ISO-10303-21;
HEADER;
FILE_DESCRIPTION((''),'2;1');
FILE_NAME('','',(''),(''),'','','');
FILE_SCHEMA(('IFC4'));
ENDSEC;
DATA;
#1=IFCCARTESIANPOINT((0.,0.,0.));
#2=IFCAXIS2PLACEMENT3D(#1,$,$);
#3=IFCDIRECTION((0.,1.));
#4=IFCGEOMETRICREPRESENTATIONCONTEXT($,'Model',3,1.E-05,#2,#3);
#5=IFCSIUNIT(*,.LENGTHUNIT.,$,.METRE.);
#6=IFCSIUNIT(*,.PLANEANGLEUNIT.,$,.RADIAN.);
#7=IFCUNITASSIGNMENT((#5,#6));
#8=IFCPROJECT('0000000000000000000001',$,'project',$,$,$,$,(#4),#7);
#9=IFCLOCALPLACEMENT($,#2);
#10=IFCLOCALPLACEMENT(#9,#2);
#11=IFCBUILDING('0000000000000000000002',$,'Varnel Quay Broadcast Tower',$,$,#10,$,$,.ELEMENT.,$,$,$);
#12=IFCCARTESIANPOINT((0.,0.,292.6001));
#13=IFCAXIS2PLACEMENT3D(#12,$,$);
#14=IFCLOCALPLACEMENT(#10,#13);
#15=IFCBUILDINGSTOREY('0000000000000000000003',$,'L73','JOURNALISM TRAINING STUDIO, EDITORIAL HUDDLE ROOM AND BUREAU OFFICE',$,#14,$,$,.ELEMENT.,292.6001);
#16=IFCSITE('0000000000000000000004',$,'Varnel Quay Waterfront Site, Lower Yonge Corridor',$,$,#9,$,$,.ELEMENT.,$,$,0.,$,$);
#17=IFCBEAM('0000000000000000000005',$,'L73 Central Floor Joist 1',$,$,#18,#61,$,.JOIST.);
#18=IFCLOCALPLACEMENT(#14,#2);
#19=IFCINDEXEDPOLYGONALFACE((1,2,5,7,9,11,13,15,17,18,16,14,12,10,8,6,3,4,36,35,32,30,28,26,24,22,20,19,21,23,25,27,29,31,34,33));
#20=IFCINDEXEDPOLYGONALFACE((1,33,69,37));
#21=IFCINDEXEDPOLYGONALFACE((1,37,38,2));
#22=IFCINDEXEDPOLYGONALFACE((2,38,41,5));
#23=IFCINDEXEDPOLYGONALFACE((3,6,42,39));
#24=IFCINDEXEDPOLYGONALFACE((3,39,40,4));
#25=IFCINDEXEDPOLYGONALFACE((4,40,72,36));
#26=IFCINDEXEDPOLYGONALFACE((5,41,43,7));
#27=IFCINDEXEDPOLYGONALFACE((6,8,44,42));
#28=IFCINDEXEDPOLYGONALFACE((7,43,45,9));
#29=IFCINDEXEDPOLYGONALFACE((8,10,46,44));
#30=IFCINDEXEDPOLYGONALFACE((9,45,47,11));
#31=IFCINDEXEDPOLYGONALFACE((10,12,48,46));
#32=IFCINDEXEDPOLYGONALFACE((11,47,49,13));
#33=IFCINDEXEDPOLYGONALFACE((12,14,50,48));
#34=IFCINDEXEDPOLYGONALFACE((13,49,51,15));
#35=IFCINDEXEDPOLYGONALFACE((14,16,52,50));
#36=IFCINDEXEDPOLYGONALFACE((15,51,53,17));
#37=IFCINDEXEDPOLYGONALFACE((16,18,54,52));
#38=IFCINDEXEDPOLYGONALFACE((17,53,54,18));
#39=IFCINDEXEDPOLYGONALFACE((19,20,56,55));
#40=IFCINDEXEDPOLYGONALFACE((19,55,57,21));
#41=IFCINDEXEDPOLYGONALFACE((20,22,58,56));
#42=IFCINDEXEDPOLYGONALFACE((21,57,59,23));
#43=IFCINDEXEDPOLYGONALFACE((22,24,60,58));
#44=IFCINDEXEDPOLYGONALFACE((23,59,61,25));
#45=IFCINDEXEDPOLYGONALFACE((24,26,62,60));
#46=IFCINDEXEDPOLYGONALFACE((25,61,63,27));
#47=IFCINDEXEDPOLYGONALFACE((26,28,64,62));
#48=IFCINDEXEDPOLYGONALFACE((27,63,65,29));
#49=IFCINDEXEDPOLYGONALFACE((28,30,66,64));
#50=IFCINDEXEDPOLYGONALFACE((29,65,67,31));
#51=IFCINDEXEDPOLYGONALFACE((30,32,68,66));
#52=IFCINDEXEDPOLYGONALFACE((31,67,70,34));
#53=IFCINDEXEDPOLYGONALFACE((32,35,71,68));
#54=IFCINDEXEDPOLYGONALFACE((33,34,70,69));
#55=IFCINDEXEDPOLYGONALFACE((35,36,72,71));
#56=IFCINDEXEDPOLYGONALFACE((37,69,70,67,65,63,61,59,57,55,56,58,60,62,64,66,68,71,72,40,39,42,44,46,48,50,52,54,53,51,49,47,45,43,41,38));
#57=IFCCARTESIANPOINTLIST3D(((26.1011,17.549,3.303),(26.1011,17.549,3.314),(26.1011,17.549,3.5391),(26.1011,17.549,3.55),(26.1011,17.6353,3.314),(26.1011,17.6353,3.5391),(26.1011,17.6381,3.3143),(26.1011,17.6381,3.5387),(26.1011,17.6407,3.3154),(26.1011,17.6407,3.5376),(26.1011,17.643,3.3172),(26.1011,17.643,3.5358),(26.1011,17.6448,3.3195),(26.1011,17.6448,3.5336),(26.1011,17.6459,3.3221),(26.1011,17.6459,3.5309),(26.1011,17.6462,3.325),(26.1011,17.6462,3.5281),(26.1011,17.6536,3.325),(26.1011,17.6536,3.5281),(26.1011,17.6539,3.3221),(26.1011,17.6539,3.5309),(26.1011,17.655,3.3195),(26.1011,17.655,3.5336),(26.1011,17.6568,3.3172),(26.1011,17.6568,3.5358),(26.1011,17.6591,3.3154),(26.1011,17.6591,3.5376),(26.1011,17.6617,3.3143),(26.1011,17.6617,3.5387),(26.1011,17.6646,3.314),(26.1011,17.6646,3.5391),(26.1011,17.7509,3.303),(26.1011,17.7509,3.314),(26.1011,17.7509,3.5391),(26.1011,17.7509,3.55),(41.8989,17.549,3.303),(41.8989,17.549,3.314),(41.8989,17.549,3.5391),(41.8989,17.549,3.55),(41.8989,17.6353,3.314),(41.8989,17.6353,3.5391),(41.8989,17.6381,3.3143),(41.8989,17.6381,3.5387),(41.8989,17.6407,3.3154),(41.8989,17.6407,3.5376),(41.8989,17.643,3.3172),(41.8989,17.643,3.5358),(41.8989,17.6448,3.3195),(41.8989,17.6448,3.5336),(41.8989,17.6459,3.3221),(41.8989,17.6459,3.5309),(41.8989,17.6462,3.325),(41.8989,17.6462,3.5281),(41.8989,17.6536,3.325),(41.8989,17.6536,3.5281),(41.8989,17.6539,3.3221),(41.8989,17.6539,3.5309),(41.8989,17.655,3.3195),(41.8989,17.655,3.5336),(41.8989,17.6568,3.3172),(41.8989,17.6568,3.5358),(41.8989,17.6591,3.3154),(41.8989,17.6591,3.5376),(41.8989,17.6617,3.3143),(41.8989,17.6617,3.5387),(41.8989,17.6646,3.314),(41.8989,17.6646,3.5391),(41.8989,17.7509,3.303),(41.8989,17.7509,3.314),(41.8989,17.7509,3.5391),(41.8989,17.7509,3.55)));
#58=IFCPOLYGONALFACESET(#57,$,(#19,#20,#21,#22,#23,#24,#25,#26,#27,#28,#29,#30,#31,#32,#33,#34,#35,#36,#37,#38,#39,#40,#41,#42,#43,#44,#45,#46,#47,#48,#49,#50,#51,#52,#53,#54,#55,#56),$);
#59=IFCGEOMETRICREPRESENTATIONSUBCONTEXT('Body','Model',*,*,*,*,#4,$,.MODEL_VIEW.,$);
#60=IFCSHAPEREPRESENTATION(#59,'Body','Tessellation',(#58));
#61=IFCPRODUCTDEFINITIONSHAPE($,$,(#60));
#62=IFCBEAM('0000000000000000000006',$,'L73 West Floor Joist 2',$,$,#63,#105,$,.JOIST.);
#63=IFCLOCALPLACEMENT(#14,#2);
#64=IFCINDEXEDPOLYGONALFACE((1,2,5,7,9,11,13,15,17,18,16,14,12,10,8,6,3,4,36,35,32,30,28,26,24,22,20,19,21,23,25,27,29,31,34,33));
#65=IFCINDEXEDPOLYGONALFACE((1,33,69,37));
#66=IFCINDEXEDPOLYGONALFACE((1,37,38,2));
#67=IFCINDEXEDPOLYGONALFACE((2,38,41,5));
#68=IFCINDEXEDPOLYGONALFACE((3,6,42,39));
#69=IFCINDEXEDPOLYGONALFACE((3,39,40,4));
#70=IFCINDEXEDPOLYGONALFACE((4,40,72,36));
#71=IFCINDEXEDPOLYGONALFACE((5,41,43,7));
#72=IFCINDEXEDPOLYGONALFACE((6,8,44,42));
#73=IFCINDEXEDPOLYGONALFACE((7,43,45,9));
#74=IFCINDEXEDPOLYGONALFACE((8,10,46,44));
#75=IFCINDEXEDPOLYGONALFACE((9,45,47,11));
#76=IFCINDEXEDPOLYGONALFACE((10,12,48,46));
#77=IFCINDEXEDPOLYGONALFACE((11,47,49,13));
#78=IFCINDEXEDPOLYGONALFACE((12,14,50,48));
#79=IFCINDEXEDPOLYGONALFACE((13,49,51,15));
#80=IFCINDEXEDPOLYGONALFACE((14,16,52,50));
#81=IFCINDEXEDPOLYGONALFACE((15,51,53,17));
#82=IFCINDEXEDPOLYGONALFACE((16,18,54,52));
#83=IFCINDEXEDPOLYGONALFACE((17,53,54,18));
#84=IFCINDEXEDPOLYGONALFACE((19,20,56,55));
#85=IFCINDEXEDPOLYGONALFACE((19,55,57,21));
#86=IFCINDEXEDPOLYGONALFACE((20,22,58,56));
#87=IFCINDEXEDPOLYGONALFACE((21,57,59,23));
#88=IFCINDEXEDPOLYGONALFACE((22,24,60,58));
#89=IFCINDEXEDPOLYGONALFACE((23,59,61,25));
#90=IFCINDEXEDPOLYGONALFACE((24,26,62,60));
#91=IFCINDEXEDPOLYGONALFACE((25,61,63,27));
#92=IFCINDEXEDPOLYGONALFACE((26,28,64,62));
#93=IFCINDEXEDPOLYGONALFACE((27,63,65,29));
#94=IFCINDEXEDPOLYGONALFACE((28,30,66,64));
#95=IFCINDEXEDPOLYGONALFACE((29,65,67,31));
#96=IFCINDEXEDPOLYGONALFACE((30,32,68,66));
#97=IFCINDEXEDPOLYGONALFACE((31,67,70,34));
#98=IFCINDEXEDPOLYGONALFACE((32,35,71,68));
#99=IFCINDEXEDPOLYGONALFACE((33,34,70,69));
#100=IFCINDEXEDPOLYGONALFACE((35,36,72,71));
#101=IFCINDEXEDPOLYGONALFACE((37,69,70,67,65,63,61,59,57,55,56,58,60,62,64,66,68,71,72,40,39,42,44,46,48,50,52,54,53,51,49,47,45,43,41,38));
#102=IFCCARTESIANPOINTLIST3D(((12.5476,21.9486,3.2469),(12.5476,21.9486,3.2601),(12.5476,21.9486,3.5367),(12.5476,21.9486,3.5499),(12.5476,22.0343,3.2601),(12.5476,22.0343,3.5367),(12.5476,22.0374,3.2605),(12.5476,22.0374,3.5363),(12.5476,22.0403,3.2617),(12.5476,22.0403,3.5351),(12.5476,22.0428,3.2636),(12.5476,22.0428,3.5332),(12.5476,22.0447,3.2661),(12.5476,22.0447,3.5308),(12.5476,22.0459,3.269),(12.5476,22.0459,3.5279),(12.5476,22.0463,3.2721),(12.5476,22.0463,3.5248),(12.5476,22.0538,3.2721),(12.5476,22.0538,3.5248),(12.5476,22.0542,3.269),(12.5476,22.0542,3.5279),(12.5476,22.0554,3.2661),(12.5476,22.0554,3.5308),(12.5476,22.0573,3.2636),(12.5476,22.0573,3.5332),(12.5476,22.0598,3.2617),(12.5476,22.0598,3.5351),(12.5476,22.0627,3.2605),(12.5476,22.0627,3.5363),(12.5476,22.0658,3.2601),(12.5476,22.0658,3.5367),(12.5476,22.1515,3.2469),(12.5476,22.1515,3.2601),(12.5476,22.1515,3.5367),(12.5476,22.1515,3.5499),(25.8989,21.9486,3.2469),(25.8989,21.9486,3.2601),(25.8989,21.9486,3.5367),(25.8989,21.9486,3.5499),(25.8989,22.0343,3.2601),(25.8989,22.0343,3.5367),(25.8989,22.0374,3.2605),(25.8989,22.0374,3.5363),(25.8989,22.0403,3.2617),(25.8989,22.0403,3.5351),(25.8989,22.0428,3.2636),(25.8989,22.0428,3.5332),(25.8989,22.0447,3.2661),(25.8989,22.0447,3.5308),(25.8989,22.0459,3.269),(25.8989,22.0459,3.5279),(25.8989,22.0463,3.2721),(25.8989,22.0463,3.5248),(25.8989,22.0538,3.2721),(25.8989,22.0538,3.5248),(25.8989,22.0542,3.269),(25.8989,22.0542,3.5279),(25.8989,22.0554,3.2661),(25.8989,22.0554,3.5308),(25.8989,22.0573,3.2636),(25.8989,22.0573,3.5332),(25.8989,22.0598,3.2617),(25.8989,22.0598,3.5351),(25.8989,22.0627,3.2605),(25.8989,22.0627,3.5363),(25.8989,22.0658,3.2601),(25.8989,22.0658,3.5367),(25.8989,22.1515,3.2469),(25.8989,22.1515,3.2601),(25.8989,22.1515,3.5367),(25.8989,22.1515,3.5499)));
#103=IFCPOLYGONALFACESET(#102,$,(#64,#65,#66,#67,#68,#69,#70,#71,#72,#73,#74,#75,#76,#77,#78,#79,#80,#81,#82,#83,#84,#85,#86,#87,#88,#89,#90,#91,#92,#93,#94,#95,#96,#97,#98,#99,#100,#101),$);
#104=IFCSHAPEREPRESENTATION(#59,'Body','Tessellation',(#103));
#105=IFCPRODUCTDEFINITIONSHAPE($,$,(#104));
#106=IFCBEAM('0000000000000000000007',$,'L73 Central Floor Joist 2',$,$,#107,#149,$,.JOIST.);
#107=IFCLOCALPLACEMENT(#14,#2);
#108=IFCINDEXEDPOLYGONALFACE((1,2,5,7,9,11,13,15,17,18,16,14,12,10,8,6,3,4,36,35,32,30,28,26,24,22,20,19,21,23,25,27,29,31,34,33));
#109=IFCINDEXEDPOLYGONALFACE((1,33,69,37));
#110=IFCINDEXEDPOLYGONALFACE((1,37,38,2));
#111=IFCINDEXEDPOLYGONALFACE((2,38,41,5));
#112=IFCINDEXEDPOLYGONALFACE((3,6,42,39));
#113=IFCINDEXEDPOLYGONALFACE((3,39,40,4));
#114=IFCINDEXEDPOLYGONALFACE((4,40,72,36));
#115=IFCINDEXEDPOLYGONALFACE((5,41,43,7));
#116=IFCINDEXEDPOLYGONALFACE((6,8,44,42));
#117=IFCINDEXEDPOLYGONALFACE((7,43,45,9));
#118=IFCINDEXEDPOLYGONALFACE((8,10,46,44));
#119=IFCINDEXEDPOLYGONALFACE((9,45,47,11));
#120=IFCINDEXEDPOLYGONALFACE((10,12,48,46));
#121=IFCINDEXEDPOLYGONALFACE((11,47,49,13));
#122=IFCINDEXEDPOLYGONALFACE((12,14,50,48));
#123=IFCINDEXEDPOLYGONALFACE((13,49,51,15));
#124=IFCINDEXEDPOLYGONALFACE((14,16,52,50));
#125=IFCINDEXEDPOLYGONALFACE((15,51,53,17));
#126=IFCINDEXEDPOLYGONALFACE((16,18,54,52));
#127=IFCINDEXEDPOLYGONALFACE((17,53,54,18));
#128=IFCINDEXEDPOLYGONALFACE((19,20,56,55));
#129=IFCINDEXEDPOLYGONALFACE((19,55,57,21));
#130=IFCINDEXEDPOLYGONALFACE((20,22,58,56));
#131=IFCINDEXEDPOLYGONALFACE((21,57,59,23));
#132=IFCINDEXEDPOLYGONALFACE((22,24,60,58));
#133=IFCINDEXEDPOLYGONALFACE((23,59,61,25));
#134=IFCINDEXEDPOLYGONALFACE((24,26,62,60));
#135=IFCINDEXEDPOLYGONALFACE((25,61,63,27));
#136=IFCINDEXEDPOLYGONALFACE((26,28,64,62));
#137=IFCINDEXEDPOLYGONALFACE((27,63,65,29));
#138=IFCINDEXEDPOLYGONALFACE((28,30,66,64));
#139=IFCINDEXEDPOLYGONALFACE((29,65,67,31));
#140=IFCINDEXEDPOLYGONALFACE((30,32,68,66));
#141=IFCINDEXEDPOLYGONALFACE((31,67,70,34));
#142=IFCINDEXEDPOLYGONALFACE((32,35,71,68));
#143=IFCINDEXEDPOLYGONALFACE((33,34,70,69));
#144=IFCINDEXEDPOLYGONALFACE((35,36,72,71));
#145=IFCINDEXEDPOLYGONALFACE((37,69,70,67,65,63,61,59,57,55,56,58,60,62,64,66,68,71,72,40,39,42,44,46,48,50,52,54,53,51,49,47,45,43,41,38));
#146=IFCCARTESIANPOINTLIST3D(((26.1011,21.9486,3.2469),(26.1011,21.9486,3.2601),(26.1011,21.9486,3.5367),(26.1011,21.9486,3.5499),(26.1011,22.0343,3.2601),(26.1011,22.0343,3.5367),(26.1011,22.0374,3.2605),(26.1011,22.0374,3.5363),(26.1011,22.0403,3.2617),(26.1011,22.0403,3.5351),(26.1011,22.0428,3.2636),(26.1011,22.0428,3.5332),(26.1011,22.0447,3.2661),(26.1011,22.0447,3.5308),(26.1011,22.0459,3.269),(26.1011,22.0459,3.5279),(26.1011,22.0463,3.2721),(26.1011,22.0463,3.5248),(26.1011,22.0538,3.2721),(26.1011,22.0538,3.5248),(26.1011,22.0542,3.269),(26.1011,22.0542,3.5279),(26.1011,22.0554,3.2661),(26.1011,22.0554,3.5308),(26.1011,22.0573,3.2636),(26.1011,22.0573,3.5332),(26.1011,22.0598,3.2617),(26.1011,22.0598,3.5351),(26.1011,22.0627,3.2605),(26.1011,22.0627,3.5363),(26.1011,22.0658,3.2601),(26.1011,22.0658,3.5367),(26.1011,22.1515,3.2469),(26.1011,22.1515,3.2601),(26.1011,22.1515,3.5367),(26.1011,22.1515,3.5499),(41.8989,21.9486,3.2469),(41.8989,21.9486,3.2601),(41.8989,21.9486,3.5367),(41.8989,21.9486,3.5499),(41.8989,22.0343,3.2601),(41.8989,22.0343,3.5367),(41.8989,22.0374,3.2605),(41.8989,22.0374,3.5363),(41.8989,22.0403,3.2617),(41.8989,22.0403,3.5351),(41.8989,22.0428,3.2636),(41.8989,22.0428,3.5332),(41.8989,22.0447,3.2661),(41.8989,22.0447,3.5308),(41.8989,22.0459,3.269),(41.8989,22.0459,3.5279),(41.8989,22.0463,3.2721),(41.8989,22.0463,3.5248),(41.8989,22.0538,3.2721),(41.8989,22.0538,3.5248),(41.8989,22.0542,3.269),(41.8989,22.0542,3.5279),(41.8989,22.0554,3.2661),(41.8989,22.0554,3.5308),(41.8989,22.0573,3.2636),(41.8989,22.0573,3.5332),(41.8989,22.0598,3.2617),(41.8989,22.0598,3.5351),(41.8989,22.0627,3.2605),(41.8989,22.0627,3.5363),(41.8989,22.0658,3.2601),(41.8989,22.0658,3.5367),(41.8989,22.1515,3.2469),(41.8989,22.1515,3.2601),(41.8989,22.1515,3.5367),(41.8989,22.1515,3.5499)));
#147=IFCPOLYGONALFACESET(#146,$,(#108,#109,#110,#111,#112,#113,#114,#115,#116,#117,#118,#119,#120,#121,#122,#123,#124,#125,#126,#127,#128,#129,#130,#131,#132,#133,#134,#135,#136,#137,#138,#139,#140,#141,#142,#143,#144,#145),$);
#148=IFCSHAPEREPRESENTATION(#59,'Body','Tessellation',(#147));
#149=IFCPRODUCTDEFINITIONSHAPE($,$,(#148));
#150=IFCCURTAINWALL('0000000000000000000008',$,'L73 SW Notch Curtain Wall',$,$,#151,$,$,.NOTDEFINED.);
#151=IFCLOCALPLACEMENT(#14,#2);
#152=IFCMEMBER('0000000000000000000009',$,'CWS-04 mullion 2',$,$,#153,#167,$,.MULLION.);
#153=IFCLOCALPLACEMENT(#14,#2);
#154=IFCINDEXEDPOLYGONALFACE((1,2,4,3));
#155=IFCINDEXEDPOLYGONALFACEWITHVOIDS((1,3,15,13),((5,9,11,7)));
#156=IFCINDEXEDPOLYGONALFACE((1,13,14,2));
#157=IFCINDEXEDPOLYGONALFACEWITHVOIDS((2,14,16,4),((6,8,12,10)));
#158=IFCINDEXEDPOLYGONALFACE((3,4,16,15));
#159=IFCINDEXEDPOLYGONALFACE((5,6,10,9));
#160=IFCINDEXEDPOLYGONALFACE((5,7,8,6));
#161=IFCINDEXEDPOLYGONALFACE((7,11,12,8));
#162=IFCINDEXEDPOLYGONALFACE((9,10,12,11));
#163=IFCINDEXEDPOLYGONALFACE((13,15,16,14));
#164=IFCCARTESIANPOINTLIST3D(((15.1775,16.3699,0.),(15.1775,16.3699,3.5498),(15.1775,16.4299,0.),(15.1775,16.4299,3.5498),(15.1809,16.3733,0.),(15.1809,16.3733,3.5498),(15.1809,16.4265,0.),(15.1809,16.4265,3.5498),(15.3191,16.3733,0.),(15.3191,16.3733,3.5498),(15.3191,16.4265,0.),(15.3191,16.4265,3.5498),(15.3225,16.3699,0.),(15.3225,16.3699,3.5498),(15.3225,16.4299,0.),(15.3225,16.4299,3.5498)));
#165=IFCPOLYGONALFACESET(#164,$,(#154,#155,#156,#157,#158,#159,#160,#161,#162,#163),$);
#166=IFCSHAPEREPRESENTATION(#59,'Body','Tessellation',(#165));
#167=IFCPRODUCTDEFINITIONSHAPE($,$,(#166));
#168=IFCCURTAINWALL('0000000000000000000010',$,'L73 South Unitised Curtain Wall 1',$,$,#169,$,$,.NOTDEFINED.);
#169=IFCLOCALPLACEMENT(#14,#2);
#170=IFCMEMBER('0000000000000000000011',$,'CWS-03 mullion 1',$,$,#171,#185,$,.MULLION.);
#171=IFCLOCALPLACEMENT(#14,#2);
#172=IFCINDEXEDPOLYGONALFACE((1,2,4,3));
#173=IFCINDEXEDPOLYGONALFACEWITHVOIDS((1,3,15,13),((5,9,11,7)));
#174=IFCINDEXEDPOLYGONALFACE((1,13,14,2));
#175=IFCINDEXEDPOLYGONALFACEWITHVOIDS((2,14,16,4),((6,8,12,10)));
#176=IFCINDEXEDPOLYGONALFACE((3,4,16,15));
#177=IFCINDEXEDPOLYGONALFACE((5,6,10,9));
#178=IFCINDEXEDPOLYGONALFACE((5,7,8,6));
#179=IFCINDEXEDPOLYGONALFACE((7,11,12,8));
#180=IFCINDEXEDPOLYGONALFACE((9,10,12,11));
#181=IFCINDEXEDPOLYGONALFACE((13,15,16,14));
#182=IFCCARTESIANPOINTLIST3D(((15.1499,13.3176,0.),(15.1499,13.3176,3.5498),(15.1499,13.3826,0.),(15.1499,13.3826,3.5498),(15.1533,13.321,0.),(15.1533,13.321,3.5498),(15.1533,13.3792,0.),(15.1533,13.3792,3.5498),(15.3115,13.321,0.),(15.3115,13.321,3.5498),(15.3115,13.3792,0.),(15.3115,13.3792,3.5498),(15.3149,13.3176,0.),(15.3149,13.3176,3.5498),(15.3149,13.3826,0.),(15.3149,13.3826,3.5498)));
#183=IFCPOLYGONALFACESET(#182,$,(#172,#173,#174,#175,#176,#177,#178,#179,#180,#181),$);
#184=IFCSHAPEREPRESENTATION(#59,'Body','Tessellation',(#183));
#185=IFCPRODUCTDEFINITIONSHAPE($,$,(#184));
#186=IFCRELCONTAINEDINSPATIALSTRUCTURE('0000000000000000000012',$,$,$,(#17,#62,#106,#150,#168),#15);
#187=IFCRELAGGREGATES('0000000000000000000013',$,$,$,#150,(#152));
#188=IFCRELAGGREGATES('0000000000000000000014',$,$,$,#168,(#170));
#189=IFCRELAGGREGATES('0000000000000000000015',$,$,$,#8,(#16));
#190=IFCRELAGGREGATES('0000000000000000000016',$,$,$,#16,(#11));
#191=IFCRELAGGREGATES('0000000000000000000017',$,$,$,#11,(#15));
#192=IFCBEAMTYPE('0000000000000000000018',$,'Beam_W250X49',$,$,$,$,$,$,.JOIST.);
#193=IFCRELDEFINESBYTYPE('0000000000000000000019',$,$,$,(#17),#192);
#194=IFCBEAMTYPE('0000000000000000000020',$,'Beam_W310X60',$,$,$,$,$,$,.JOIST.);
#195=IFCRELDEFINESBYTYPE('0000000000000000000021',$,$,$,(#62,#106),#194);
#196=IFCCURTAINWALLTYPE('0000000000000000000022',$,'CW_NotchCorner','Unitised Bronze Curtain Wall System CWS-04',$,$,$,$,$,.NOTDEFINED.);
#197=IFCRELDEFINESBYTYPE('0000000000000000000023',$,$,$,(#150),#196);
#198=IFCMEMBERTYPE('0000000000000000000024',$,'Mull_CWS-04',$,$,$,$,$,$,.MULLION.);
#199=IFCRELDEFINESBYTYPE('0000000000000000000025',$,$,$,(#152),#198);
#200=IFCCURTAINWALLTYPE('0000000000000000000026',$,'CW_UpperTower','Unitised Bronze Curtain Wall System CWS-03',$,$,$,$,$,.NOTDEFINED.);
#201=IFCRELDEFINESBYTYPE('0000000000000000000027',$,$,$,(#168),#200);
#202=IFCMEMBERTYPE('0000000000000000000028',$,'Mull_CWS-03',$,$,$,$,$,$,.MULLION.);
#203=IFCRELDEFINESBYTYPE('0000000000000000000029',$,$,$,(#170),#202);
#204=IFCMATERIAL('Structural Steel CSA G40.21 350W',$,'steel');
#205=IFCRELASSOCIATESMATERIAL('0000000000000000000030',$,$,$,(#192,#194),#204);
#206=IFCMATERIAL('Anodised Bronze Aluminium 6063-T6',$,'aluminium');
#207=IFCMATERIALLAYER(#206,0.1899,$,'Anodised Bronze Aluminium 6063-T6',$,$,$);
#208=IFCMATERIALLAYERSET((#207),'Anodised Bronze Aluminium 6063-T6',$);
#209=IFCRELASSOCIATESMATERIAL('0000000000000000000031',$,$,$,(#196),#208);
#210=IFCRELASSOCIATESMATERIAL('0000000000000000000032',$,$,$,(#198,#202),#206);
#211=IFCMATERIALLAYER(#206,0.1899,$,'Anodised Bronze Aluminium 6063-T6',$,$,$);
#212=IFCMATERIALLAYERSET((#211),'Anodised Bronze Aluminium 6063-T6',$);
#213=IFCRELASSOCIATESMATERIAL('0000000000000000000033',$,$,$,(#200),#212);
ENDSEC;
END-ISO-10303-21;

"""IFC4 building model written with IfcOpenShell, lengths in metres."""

from ifc_helpers import new_model, si_unit, direction, frame, origin, origin_2d, place, context, subcontext, project, spatial, hollow_rectangle, i_section, extrude, source, transform, mapped, material, layer, layer_set, material_profile, profile_set, type_object, type_shapes, element, aggregate, save


model = new_model("IFC4")

# Units and contexts
model_context = context("Model", 3, precision=1e-05, world=origin(), true_north=direction((0.0, 1.0)))
body_context = subcontext(model_context, "Body", "Model", "MODEL_VIEW")
ifc_project = project(units=[si_unit("LENGTHUNIT", "METRE"), si_unit("PLANEANGLEUNIT", "RADIAN")], contexts=[model_context])

# Site, building, storey
site_placement = place(None, origin())
site = spatial("IfcSite", under=ifc_project, at=site_placement, Name="Varnel Quay Waterfront Site, Lower Yonge Corridor", CompositionType="ELEMENT", RefElevation=0.0)
building_placement = place(site_placement, origin())
building = spatial("IfcBuilding", under=site, at=building_placement, Name="Varnel Quay Broadcast Tower", CompositionType="ELEMENT")
storey_placement = place(building_placement, frame((0.0, 0.0, 292.6001)))
storey = spatial("IfcBuildingStorey", under=building, at=storey_placement, Name="L73", Description="JOURNALISM TRAINING STUDIO, EDITORIAL HUDDLE ROOM AND BUREAU OFFICE", CompositionType="ELEMENT", Elevation=292.6001)

# Shared definitions
ifc_material_1 = material(Name="Structural Steel CSA G40.21 350W", Category="steel")

# Beams
ifc_material_profile_1 = material_profile(ifc_material_1, i_section(OverallWidth=0.2019, OverallDepth=0.2471, WebThickness=0.0073, FlangeThickness=0.011, FilletRadius=0.011, at=origin_2d()), Name="W250X49")
ifc_profile_set_1 = profile_set([ifc_material_profile_1], Name="Structural Steel CSA G40.21 350W")
beam_type_1 = type_object("IfcBeamType", Name="Beam_W250X49", PredefinedType="JOIST", material=ifc_profile_set_1)
shared_shape_1 = source(origin(), body_context, "Body", "SweptSolid", [
    extrude(i_section(OverallWidth=0.2019, OverallDepth=0.2471, WebThickness=0.0073, FlangeThickness=0.011, FilletRadius=0.011, at=origin_2d()), origin(), (0.0, 0.0, 1.0), 15.7979),
])
beam_1_placement = place(storey_placement, frame((26.1011, 17.6499, 3.4265), z_axis=(1.0, 0.0, 0.0), x_axis=(0.0, 1.0, 0.0)))
element("IfcBeam", 1, at=beam_1_placement, inside=storey, type_object=beam_type_1, Name="L73 Central Floor Joist 1", PredefinedType="JOIST", context=body_context, shape_type="MappedRepresentation", body=[
    mapped(shared_shape_1, transform((0.0, 0.0, 0.0), x_axis=(1.0, 0.0, 0.0), y_axis=(0.0, 1.0, 0.0), z_axis=(0.0, 0.0, 1.0), scale=1.0)),
])
ifc_material_profile_2 = material_profile(ifc_material_1, i_section(OverallWidth=0.2029, OverallDepth=0.303, WebThickness=0.0076, FlangeThickness=0.0132, FilletRadius=0.012, at=origin_2d()), Name="W310X60")
ifc_profile_set_2 = profile_set([ifc_material_profile_2], Name="Structural Steel CSA G40.21 350W")
beam_type_2 = type_object("IfcBeamType", Name="Beam_W310X60", PredefinedType="JOIST", material=ifc_profile_set_2)
shared_shape_2 = source(origin(), body_context, "Body", "SweptSolid", [
    extrude(i_section(OverallWidth=0.2029, OverallDepth=0.303, WebThickness=0.0076, FlangeThickness=0.0132, FilletRadius=0.012, at=origin_2d()), origin(), (0.0, 0.0, 1.0), 13.3513),
])
beam_2_placement = place(storey_placement, frame((12.5476, 22.05, 3.3984), z_axis=(1.0, 0.0, 0.0), x_axis=(0.0, 1.0, 0.0)))
element("IfcBeam", 2, at=beam_2_placement, inside=storey, type_object=beam_type_2, Name="L73 West Floor Joist 2", PredefinedType="JOIST", context=body_context, shape_type="MappedRepresentation", body=[
    mapped(shared_shape_2, transform((0.0, 0.0, 0.0), x_axis=(1.0, 0.0, 0.0), y_axis=(0.0, 1.0, 0.0), z_axis=(0.0, 0.0, 1.0), scale=1.0)),
])
shared_shape_3 = source(origin(), body_context, "Body", "SweptSolid", [
    extrude(i_section(OverallWidth=0.2029, OverallDepth=0.303, WebThickness=0.0076, FlangeThickness=0.0132, FilletRadius=0.012, at=origin_2d()), origin(), (0.0, 0.0, 1.0), 15.7979),
])
type_shapes(beam_type_2, [shared_shape_2, shared_shape_3])
beam_3_placement = place(storey_placement, frame((26.1011, 22.05, 3.3984), z_axis=(1.0, 0.0, 0.0), x_axis=(0.0, 1.0, 0.0)))
element("IfcBeam", 3, at=beam_3_placement, inside=storey, type_object=beam_type_2, Name="L73 Central Floor Joist 2", PredefinedType="JOIST", context=body_context, shape_type="MappedRepresentation", body=[
    mapped(shared_shape_3, transform((0.0, 0.0, 0.0), x_axis=(1.0, 0.0, 0.0), y_axis=(0.0, 1.0, 0.0), z_axis=(0.0, 0.0, 1.0), scale=1.0)),
])

# Curtain wall, member
ifc_material_2 = material(Name="Anodised Bronze Aluminium 6063-T6", Category="aluminium")
ifc_layer_1 = layer(ifc_material_2, 0.1899, Name="Anodised Bronze Aluminium 6063-T6")
ifc_layer_set_1 = layer_set([ifc_layer_1], Name="Anodised Bronze Aluminium 6063-T6")
curtain_wall_type_1 = type_object("IfcCurtainWallType", Name="CW_NotchCorner", Description="Unitised Bronze Curtain Wall System CWS-04", PredefinedType="NOTDEFINED", material=ifc_layer_set_1)
curtain_wall_1_placement = place(storey_placement, origin())
curtain_wall_1 = element("IfcCurtainWall", 4, at=curtain_wall_1_placement, inside=storey, type_object=curtain_wall_type_1, Name="L73 SW Notch Curtain Wall", PredefinedType="NOTDEFINED")
ifc_material_profile_3 = material_profile(ifc_material_2, hollow_rectangle(XDim=0.0601, YDim=0.145, WallThickness=0.0034, at=origin_2d()), Name="ALU60X145X3.5")
ifc_profile_set_3 = profile_set([ifc_material_profile_3], Name="Anodised Bronze Aluminium 6063-T6")
member_type_1 = type_object("IfcMemberType", Name="Mull_CWS-04", PredefinedType="MULLION", material=ifc_profile_set_3)
shared_shape_4 = source(origin(), body_context, "Body", "SweptSolid", [
    extrude(hollow_rectangle(XDim=0.0601, YDim=0.145, WallThickness=0.0034, at=origin_2d()), origin(), (0.0, 0.0, 1.0), 3.5498),
])
type_shapes(member_type_1, [shared_shape_4])
member_1_placement = place(storey_placement, frame((15.25, 16.3999, 0.0), z_axis=(0.0, 0.0, 1.0), x_axis=(0.0, 1.0, 0.0)))
member_1 = element("IfcMember", 5, at=member_1_placement, type_object=member_type_1, Name="CWS-04 mullion 2", PredefinedType="MULLION", context=body_context, shape_type="MappedRepresentation", body=[
    mapped(shared_shape_4, transform((0.0, 0.0, 0.0), x_axis=(1.0, 0.0, 0.0), y_axis=(0.0, 1.0, 0.0), z_axis=(0.0, 0.0, 1.0), scale=1.0)),
])

# Curtain wall, member
ifc_layer_2 = layer(ifc_material_2, 0.1899, Name="Anodised Bronze Aluminium 6063-T6")
ifc_layer_set_2 = layer_set([ifc_layer_2], Name="Anodised Bronze Aluminium 6063-T6")
curtain_wall_type_2 = type_object("IfcCurtainWallType", Name="CW_UpperTower", Description="Unitised Bronze Curtain Wall System CWS-03", PredefinedType="NOTDEFINED", material=ifc_layer_set_2)
curtain_wall_2_placement = place(storey_placement, origin())
curtain_wall_2 = element("IfcCurtainWall", 6, at=curtain_wall_2_placement, inside=storey, type_object=curtain_wall_type_2, Name="L73 South Unitised Curtain Wall 1", PredefinedType="NOTDEFINED")
ifc_material_profile_4 = material_profile(ifc_material_2, hollow_rectangle(XDim=0.0649, YDim=0.165, WallThickness=0.0034, at=origin_2d()), Name="ALU65X165X3.5")
ifc_profile_set_4 = profile_set([ifc_material_profile_4], Name="Anodised Bronze Aluminium 6063-T6")
member_type_2 = type_object("IfcMemberType", Name="Mull_CWS-03", PredefinedType="MULLION", material=ifc_profile_set_4)
shared_shape_5 = source(origin(), body_context, "Body", "SweptSolid", [
    extrude(hollow_rectangle(XDim=0.0649, YDim=0.165, WallThickness=0.0034, at=origin_2d()), origin(), (0.0, 0.0, 1.0), 3.5498),
])
type_shapes(member_type_2, [shared_shape_5])
member_2_placement = place(storey_placement, frame((15.2324, 13.3501, 0.0), z_axis=(0.0, 0.0, 1.0), x_axis=(0.0, 1.0, 0.0)))
member_2 = element("IfcMember", 7, at=member_2_placement, type_object=member_type_2, Name="CWS-03 mullion 1", PredefinedType="MULLION", context=body_context, shape_type="MappedRepresentation", body=[
    mapped(shared_shape_5, transform((0.0, 0.0, 0.0), x_axis=(1.0, 0.0, 0.0), y_axis=(0.0, 1.0, 0.0), z_axis=(0.0, 0.0, 1.0), scale=1.0)),
])

aggregate(curtain_wall_1, [member_1])
aggregate(curtain_wall_2, [member_2])

save(model, "model.ifc")
